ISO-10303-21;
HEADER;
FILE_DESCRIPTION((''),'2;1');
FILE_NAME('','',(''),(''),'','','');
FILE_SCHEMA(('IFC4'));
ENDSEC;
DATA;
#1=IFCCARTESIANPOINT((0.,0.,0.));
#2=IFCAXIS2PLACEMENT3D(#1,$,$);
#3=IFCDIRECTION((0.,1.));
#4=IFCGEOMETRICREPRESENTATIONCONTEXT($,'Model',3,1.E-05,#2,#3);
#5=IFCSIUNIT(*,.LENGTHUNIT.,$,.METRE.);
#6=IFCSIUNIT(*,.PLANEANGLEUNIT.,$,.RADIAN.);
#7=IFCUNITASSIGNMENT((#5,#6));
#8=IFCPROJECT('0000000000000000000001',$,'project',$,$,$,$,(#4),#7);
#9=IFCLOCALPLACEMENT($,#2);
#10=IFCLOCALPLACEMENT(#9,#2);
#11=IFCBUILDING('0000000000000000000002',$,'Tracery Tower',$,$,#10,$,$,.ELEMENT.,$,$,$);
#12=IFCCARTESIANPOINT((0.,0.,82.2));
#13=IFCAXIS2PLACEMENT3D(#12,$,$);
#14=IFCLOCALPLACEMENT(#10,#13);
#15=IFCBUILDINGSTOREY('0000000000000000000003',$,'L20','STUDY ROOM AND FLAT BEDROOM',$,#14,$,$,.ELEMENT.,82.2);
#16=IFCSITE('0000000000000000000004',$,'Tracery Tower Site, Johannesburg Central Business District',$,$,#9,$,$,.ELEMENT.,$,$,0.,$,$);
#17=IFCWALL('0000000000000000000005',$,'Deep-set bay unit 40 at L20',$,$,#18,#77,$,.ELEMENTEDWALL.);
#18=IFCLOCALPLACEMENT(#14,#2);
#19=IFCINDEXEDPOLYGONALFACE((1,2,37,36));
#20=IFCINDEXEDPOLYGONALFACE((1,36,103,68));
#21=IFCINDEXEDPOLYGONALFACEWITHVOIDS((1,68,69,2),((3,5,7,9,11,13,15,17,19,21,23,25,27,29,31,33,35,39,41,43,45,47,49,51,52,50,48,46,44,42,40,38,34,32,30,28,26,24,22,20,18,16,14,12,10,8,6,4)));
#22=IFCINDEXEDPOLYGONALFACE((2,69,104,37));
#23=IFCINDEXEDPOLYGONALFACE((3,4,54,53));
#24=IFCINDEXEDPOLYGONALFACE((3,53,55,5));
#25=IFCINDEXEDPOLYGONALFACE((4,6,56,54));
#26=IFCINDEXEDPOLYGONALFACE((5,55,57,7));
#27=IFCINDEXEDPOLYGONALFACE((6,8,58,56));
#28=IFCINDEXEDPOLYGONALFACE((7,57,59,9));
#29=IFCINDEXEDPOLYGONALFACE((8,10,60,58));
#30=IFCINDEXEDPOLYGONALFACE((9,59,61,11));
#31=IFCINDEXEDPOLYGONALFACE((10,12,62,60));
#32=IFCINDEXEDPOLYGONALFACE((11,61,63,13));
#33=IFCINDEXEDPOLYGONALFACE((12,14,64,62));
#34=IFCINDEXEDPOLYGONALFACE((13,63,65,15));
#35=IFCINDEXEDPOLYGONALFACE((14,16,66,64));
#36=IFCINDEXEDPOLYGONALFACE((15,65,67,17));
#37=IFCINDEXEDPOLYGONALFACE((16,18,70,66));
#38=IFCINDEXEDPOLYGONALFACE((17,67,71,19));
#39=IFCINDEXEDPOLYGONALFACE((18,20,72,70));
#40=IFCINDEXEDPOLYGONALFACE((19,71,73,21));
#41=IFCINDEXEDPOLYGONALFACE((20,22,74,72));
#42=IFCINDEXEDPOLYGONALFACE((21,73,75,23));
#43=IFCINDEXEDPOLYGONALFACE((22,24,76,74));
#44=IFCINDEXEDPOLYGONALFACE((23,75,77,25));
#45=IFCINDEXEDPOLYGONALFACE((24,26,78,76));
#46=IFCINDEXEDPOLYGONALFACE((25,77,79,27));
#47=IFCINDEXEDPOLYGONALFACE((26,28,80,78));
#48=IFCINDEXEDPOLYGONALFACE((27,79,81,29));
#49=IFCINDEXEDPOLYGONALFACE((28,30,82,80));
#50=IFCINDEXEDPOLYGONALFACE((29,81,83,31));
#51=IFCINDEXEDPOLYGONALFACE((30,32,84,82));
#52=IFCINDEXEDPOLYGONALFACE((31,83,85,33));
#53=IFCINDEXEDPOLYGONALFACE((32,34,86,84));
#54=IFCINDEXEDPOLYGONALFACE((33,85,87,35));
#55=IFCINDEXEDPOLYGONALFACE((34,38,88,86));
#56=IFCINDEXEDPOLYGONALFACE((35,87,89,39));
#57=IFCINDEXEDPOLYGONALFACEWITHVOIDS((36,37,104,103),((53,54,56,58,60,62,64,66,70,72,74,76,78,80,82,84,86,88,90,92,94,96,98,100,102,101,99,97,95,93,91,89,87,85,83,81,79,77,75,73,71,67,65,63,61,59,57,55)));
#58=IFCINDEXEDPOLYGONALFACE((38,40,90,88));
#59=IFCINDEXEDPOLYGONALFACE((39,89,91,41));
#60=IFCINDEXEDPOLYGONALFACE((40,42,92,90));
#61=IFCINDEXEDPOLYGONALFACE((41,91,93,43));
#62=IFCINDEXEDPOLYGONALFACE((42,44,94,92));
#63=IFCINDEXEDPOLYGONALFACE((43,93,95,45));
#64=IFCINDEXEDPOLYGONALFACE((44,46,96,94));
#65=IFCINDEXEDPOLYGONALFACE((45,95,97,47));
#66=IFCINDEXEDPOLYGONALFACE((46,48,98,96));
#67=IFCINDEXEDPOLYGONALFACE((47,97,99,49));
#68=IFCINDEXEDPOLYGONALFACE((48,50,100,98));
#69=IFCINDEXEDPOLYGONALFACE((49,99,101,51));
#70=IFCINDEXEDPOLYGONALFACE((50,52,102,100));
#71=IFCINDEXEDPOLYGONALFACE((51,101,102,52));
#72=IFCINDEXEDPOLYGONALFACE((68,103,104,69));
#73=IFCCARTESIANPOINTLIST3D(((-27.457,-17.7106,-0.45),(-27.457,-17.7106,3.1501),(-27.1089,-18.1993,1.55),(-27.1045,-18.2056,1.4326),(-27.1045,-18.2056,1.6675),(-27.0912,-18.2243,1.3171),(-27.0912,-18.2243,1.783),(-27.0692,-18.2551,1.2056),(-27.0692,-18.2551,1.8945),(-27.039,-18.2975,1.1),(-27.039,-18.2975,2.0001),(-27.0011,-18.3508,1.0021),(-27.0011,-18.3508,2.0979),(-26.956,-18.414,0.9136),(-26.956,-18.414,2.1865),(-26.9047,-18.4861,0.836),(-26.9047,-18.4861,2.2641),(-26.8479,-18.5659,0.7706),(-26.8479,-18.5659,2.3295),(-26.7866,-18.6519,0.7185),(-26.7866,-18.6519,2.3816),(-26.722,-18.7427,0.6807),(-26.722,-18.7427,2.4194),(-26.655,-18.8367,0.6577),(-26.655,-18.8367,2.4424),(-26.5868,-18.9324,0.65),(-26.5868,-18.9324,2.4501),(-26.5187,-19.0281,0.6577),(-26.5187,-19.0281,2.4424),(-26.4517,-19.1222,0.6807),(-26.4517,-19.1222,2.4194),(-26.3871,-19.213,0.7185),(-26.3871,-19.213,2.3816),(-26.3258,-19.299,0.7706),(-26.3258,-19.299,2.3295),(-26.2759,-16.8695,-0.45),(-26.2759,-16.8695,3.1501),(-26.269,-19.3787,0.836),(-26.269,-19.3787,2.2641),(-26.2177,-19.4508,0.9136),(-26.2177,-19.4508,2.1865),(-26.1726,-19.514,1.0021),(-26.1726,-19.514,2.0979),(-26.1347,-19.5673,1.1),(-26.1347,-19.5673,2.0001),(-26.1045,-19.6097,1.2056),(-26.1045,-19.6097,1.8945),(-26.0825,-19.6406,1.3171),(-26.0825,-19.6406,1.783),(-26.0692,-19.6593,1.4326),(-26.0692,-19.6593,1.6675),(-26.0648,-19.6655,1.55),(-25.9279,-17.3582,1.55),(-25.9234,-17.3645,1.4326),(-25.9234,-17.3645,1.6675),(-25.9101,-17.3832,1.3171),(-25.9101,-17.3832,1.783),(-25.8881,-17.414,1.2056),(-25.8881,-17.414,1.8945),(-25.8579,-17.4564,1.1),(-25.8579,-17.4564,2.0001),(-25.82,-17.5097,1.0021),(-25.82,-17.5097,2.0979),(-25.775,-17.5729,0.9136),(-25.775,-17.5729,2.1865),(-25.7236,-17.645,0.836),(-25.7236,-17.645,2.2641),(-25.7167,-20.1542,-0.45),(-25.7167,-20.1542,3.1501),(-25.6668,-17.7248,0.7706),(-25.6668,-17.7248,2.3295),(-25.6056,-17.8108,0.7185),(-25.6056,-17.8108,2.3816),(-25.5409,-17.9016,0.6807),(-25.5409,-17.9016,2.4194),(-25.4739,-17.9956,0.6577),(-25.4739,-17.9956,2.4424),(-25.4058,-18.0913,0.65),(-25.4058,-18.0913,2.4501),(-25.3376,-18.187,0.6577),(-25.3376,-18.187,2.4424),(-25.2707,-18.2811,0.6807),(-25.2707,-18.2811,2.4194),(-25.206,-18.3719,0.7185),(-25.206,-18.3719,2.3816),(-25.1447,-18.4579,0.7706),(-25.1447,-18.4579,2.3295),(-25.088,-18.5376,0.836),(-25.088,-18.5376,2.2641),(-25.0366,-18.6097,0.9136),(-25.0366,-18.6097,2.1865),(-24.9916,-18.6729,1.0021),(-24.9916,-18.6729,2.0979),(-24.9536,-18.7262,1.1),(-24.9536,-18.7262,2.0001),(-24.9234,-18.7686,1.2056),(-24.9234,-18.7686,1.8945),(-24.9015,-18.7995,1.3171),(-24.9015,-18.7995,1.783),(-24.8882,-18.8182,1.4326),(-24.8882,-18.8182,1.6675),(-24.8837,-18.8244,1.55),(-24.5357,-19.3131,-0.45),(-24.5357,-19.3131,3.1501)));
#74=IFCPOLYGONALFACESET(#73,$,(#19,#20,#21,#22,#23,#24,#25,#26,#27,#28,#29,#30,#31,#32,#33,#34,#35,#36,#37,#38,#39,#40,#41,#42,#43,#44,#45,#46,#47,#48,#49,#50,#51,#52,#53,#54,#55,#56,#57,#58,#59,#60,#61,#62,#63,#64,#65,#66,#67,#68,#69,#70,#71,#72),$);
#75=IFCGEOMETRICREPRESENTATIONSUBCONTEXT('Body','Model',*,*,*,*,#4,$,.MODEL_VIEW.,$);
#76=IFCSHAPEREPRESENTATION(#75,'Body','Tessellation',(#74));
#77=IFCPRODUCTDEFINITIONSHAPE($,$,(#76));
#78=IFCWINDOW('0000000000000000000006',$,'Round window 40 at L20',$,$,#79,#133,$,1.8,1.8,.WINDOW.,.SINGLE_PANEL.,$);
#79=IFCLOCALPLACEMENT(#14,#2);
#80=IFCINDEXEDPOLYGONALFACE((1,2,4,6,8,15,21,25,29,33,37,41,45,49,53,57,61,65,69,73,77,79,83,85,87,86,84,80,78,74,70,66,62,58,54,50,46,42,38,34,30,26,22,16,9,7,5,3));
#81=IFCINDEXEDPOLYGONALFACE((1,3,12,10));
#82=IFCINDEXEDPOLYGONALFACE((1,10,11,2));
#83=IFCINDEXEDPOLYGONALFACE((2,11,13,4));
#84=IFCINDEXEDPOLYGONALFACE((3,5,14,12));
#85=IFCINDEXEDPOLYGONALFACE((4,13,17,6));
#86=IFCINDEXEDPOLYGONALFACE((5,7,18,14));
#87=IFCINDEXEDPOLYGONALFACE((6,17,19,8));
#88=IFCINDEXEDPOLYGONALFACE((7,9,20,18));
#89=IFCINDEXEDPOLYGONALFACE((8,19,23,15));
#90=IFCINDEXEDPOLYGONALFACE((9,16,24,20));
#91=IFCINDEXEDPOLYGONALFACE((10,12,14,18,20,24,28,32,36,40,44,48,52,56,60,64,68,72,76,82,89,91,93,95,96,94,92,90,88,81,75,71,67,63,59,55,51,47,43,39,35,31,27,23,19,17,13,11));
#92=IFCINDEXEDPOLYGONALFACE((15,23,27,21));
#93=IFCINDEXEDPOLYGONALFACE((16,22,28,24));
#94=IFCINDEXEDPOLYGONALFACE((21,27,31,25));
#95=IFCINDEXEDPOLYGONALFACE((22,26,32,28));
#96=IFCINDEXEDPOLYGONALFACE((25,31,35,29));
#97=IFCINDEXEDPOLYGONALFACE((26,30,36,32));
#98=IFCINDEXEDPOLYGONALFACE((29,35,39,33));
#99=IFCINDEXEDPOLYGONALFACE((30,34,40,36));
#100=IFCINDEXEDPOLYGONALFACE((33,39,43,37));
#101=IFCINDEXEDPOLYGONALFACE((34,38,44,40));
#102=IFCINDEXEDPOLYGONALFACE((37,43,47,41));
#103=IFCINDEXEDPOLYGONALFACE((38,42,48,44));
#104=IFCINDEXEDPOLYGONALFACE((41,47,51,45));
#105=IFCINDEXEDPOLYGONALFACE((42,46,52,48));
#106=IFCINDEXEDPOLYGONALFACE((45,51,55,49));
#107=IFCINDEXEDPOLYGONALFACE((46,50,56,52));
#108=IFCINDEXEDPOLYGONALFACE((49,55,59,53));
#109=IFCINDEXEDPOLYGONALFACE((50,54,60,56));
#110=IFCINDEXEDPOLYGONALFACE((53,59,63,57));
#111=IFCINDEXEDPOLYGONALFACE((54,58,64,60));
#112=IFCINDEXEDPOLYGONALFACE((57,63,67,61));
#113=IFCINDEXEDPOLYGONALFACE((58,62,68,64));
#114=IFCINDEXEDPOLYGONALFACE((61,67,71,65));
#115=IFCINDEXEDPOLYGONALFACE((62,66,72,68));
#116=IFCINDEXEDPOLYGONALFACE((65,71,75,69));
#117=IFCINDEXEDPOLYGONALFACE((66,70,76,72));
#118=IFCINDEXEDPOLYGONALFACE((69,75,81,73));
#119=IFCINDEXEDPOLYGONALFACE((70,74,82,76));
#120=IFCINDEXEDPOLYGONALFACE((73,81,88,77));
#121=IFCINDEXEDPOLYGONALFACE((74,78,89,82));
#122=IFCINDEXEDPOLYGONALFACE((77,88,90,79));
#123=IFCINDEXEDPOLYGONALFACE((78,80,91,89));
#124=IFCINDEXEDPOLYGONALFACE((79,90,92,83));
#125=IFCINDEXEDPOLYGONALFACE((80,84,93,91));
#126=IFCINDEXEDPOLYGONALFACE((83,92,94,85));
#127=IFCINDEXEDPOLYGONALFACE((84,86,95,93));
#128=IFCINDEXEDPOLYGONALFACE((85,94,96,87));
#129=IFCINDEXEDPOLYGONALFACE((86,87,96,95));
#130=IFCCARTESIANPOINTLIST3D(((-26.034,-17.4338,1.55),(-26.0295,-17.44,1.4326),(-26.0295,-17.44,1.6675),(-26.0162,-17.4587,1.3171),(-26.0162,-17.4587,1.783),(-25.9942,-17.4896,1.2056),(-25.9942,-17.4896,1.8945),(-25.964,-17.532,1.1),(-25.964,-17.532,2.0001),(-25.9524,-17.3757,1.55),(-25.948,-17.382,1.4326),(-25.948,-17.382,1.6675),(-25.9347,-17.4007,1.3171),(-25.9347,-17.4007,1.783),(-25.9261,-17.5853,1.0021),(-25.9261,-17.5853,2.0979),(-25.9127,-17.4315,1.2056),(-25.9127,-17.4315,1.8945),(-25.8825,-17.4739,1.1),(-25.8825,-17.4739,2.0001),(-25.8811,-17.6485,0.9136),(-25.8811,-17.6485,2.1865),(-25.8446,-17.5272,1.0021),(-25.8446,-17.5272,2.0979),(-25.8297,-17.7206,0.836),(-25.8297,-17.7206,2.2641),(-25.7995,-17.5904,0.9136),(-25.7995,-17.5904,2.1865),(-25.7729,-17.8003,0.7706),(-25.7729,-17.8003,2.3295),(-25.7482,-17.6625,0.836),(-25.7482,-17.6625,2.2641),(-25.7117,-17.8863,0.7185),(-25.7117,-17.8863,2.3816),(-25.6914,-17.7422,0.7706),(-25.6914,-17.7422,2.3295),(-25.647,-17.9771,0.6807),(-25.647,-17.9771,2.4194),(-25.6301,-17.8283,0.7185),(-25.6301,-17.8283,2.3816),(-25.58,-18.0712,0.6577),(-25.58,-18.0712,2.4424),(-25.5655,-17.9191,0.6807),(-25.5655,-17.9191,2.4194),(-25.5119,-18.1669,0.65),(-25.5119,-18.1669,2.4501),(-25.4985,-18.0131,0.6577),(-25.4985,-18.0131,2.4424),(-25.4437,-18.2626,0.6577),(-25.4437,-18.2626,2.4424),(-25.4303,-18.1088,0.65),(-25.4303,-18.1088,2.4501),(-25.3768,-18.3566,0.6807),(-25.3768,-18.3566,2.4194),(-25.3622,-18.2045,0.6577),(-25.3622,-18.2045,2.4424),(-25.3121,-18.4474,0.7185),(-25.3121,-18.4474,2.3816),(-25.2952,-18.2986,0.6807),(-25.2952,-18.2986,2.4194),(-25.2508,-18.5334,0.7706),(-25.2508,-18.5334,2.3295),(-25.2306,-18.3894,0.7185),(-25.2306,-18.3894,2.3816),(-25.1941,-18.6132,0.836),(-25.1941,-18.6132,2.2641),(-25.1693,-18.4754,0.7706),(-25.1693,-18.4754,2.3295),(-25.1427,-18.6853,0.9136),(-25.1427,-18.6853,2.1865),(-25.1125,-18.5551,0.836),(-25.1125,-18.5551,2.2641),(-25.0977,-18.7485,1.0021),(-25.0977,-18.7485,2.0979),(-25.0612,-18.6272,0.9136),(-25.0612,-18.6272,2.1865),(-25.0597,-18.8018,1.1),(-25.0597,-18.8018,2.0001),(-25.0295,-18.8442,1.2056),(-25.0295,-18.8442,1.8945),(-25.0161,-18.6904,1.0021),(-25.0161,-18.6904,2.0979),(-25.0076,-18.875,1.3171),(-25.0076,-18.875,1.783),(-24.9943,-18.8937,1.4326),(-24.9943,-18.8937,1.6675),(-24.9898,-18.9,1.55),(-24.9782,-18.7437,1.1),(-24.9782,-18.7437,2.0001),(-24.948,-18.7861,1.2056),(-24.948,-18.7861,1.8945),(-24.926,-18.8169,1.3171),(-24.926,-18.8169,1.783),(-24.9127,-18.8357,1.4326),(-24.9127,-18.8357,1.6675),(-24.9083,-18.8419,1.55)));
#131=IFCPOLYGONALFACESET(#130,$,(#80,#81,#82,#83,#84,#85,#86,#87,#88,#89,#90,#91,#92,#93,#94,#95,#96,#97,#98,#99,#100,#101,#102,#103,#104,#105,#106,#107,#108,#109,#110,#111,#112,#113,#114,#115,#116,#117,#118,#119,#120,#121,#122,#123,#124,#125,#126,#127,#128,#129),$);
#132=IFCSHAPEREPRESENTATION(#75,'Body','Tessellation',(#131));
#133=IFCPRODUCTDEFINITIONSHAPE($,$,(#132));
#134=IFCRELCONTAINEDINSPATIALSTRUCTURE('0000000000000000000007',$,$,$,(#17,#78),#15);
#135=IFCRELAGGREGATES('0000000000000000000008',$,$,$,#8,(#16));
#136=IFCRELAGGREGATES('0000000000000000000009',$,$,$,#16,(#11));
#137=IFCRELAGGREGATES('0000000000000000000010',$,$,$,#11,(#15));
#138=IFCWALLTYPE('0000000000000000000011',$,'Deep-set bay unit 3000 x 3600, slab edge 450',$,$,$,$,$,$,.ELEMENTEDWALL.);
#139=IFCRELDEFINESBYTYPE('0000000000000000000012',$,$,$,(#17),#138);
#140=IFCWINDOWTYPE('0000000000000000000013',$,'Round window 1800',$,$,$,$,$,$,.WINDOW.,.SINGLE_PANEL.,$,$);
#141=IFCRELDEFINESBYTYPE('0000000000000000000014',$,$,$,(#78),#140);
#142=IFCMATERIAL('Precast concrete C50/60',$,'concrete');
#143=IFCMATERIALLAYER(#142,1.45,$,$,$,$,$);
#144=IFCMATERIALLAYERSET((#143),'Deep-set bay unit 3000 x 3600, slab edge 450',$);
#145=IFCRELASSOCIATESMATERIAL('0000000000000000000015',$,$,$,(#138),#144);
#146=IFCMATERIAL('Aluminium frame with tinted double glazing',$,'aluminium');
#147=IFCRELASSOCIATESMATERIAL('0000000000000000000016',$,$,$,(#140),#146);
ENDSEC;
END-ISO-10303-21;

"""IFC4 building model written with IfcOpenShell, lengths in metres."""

from ifc_helpers import new_model, si_unit, direction, frame, frame_2d, origin, origin_2d, place, context, subcontext, project, spatial, rectangle, circle, extrude, material, layer, layer_set, type_object, element, fill, save


model = new_model("IFC4")

# Units and contexts
model_context = context("Model", 3, precision=1e-05, world=origin(), true_north=direction((0.0, 1.0)))
body_context = subcontext(model_context, "Body", "Model", "MODEL_VIEW")
ifc_project = project(units=[si_unit("LENGTHUNIT", "METRE"), si_unit("PLANEANGLEUNIT", "RADIAN")], contexts=[model_context])

# Site, building, storey
site_placement = place(None, origin())
site = spatial("IfcSite", under=ifc_project, at=site_placement, Name="Tracery Tower Site, Johannesburg Central Business District", CompositionType="ELEMENT", RefElevation=0.0)
building_placement = place(site_placement, origin())
building = spatial("IfcBuilding", under=site, at=building_placement, Name="Tracery Tower", CompositionType="ELEMENT")
storey_placement = place(building_placement, frame((0.0, 0.0, 82.2)))
storey = spatial("IfcBuildingStorey", under=building, at=storey_placement, Name="L20", Description="STUDY ROOM AND FLAT BEDROOM", CompositionType="ELEMENT", Elevation=82.2)

# Wall, opening, window
ifc_material_1 = material(Name="Precast concrete C50/60", Category="concrete")
ifc_layer_1 = layer(ifc_material_1, 1.45)
ifc_layer_set_1 = layer_set([ifc_layer_1], Name="Deep-set bay unit 3000 x 3600, slab edge 450")
wall_type_1 = type_object("IfcWallType", Name="Deep-set bay unit 3000 x 3600, slab edge 450", PredefinedType="ELEMENTEDWALL", material=ifc_layer_set_1)
wall_1_placement = place(storey_placement, frame((-26.8665, -17.29, -0.45), z_axis=(0.0, 0.0, 1.0), x_axis=(0.580091, -0.814552, 0.0)))
wall_1 = element("IfcWall", 1, at=wall_1_placement, inside=storey, type_object=wall_type_1, Name="Deep-set bay unit 40 at L20", PredefinedType="ELEMENTEDWALL", context=body_context, shape_type="SweptSolid", body=[
    extrude(rectangle(XDim=3.0, YDim=1.45, at=frame_2d((1.5, 0.0))), origin(), (0.0, 0.0, 1.0), 3.6001),
])
opening_1_placement = place(wall_1_placement, frame((1.5, 0.0, 2.0)))
opening_1 = element("IfcOpeningElement", 2, at=opening_1_placement, cuts=wall_1, PredefinedType="OPENING", context=body_context, shape_type="SweptSolid", body=[
    extrude(circle(Radius=0.9, at=origin_2d()), frame((0.0, 0.7349, 0.0), z_axis=(0.0, -1.0, 0.0), x_axis=(1.0, 0.0, 0.0)), (0.0, 0.0, 1.0), 1.47),
])
ifc_material_2 = material(Name="Aluminium frame with tinted double glazing", Category="aluminium")
window_type = type_object("IfcWindowType", Name="Round window 1800", PartitioningType="SINGLE_PANEL", PredefinedType="WINDOW", material=ifc_material_2)
window_1_placement = place(opening_1_placement, origin())
window_1 = element("IfcWindow", 3, at=window_1_placement, inside=storey, type_object=window_type, Name="Round window 40 at L20", OverallHeight=1.8, OverallWidth=1.8, PartitioningType="SINGLE_PANEL", PredefinedType="WINDOW", context=body_context, shape_type="SweptSolid", body=[
    extrude(circle(Radius=0.9, at=origin_2d()), frame((0.0, 0.6948, 0.0), z_axis=(0.0, -1.0, 0.0), x_axis=(1.0, 0.0, 0.0)), (0.0, 0.0, 1.0), 0.1001),
])
fill(opening_1, window_1)

save(model, "model.ifc")
